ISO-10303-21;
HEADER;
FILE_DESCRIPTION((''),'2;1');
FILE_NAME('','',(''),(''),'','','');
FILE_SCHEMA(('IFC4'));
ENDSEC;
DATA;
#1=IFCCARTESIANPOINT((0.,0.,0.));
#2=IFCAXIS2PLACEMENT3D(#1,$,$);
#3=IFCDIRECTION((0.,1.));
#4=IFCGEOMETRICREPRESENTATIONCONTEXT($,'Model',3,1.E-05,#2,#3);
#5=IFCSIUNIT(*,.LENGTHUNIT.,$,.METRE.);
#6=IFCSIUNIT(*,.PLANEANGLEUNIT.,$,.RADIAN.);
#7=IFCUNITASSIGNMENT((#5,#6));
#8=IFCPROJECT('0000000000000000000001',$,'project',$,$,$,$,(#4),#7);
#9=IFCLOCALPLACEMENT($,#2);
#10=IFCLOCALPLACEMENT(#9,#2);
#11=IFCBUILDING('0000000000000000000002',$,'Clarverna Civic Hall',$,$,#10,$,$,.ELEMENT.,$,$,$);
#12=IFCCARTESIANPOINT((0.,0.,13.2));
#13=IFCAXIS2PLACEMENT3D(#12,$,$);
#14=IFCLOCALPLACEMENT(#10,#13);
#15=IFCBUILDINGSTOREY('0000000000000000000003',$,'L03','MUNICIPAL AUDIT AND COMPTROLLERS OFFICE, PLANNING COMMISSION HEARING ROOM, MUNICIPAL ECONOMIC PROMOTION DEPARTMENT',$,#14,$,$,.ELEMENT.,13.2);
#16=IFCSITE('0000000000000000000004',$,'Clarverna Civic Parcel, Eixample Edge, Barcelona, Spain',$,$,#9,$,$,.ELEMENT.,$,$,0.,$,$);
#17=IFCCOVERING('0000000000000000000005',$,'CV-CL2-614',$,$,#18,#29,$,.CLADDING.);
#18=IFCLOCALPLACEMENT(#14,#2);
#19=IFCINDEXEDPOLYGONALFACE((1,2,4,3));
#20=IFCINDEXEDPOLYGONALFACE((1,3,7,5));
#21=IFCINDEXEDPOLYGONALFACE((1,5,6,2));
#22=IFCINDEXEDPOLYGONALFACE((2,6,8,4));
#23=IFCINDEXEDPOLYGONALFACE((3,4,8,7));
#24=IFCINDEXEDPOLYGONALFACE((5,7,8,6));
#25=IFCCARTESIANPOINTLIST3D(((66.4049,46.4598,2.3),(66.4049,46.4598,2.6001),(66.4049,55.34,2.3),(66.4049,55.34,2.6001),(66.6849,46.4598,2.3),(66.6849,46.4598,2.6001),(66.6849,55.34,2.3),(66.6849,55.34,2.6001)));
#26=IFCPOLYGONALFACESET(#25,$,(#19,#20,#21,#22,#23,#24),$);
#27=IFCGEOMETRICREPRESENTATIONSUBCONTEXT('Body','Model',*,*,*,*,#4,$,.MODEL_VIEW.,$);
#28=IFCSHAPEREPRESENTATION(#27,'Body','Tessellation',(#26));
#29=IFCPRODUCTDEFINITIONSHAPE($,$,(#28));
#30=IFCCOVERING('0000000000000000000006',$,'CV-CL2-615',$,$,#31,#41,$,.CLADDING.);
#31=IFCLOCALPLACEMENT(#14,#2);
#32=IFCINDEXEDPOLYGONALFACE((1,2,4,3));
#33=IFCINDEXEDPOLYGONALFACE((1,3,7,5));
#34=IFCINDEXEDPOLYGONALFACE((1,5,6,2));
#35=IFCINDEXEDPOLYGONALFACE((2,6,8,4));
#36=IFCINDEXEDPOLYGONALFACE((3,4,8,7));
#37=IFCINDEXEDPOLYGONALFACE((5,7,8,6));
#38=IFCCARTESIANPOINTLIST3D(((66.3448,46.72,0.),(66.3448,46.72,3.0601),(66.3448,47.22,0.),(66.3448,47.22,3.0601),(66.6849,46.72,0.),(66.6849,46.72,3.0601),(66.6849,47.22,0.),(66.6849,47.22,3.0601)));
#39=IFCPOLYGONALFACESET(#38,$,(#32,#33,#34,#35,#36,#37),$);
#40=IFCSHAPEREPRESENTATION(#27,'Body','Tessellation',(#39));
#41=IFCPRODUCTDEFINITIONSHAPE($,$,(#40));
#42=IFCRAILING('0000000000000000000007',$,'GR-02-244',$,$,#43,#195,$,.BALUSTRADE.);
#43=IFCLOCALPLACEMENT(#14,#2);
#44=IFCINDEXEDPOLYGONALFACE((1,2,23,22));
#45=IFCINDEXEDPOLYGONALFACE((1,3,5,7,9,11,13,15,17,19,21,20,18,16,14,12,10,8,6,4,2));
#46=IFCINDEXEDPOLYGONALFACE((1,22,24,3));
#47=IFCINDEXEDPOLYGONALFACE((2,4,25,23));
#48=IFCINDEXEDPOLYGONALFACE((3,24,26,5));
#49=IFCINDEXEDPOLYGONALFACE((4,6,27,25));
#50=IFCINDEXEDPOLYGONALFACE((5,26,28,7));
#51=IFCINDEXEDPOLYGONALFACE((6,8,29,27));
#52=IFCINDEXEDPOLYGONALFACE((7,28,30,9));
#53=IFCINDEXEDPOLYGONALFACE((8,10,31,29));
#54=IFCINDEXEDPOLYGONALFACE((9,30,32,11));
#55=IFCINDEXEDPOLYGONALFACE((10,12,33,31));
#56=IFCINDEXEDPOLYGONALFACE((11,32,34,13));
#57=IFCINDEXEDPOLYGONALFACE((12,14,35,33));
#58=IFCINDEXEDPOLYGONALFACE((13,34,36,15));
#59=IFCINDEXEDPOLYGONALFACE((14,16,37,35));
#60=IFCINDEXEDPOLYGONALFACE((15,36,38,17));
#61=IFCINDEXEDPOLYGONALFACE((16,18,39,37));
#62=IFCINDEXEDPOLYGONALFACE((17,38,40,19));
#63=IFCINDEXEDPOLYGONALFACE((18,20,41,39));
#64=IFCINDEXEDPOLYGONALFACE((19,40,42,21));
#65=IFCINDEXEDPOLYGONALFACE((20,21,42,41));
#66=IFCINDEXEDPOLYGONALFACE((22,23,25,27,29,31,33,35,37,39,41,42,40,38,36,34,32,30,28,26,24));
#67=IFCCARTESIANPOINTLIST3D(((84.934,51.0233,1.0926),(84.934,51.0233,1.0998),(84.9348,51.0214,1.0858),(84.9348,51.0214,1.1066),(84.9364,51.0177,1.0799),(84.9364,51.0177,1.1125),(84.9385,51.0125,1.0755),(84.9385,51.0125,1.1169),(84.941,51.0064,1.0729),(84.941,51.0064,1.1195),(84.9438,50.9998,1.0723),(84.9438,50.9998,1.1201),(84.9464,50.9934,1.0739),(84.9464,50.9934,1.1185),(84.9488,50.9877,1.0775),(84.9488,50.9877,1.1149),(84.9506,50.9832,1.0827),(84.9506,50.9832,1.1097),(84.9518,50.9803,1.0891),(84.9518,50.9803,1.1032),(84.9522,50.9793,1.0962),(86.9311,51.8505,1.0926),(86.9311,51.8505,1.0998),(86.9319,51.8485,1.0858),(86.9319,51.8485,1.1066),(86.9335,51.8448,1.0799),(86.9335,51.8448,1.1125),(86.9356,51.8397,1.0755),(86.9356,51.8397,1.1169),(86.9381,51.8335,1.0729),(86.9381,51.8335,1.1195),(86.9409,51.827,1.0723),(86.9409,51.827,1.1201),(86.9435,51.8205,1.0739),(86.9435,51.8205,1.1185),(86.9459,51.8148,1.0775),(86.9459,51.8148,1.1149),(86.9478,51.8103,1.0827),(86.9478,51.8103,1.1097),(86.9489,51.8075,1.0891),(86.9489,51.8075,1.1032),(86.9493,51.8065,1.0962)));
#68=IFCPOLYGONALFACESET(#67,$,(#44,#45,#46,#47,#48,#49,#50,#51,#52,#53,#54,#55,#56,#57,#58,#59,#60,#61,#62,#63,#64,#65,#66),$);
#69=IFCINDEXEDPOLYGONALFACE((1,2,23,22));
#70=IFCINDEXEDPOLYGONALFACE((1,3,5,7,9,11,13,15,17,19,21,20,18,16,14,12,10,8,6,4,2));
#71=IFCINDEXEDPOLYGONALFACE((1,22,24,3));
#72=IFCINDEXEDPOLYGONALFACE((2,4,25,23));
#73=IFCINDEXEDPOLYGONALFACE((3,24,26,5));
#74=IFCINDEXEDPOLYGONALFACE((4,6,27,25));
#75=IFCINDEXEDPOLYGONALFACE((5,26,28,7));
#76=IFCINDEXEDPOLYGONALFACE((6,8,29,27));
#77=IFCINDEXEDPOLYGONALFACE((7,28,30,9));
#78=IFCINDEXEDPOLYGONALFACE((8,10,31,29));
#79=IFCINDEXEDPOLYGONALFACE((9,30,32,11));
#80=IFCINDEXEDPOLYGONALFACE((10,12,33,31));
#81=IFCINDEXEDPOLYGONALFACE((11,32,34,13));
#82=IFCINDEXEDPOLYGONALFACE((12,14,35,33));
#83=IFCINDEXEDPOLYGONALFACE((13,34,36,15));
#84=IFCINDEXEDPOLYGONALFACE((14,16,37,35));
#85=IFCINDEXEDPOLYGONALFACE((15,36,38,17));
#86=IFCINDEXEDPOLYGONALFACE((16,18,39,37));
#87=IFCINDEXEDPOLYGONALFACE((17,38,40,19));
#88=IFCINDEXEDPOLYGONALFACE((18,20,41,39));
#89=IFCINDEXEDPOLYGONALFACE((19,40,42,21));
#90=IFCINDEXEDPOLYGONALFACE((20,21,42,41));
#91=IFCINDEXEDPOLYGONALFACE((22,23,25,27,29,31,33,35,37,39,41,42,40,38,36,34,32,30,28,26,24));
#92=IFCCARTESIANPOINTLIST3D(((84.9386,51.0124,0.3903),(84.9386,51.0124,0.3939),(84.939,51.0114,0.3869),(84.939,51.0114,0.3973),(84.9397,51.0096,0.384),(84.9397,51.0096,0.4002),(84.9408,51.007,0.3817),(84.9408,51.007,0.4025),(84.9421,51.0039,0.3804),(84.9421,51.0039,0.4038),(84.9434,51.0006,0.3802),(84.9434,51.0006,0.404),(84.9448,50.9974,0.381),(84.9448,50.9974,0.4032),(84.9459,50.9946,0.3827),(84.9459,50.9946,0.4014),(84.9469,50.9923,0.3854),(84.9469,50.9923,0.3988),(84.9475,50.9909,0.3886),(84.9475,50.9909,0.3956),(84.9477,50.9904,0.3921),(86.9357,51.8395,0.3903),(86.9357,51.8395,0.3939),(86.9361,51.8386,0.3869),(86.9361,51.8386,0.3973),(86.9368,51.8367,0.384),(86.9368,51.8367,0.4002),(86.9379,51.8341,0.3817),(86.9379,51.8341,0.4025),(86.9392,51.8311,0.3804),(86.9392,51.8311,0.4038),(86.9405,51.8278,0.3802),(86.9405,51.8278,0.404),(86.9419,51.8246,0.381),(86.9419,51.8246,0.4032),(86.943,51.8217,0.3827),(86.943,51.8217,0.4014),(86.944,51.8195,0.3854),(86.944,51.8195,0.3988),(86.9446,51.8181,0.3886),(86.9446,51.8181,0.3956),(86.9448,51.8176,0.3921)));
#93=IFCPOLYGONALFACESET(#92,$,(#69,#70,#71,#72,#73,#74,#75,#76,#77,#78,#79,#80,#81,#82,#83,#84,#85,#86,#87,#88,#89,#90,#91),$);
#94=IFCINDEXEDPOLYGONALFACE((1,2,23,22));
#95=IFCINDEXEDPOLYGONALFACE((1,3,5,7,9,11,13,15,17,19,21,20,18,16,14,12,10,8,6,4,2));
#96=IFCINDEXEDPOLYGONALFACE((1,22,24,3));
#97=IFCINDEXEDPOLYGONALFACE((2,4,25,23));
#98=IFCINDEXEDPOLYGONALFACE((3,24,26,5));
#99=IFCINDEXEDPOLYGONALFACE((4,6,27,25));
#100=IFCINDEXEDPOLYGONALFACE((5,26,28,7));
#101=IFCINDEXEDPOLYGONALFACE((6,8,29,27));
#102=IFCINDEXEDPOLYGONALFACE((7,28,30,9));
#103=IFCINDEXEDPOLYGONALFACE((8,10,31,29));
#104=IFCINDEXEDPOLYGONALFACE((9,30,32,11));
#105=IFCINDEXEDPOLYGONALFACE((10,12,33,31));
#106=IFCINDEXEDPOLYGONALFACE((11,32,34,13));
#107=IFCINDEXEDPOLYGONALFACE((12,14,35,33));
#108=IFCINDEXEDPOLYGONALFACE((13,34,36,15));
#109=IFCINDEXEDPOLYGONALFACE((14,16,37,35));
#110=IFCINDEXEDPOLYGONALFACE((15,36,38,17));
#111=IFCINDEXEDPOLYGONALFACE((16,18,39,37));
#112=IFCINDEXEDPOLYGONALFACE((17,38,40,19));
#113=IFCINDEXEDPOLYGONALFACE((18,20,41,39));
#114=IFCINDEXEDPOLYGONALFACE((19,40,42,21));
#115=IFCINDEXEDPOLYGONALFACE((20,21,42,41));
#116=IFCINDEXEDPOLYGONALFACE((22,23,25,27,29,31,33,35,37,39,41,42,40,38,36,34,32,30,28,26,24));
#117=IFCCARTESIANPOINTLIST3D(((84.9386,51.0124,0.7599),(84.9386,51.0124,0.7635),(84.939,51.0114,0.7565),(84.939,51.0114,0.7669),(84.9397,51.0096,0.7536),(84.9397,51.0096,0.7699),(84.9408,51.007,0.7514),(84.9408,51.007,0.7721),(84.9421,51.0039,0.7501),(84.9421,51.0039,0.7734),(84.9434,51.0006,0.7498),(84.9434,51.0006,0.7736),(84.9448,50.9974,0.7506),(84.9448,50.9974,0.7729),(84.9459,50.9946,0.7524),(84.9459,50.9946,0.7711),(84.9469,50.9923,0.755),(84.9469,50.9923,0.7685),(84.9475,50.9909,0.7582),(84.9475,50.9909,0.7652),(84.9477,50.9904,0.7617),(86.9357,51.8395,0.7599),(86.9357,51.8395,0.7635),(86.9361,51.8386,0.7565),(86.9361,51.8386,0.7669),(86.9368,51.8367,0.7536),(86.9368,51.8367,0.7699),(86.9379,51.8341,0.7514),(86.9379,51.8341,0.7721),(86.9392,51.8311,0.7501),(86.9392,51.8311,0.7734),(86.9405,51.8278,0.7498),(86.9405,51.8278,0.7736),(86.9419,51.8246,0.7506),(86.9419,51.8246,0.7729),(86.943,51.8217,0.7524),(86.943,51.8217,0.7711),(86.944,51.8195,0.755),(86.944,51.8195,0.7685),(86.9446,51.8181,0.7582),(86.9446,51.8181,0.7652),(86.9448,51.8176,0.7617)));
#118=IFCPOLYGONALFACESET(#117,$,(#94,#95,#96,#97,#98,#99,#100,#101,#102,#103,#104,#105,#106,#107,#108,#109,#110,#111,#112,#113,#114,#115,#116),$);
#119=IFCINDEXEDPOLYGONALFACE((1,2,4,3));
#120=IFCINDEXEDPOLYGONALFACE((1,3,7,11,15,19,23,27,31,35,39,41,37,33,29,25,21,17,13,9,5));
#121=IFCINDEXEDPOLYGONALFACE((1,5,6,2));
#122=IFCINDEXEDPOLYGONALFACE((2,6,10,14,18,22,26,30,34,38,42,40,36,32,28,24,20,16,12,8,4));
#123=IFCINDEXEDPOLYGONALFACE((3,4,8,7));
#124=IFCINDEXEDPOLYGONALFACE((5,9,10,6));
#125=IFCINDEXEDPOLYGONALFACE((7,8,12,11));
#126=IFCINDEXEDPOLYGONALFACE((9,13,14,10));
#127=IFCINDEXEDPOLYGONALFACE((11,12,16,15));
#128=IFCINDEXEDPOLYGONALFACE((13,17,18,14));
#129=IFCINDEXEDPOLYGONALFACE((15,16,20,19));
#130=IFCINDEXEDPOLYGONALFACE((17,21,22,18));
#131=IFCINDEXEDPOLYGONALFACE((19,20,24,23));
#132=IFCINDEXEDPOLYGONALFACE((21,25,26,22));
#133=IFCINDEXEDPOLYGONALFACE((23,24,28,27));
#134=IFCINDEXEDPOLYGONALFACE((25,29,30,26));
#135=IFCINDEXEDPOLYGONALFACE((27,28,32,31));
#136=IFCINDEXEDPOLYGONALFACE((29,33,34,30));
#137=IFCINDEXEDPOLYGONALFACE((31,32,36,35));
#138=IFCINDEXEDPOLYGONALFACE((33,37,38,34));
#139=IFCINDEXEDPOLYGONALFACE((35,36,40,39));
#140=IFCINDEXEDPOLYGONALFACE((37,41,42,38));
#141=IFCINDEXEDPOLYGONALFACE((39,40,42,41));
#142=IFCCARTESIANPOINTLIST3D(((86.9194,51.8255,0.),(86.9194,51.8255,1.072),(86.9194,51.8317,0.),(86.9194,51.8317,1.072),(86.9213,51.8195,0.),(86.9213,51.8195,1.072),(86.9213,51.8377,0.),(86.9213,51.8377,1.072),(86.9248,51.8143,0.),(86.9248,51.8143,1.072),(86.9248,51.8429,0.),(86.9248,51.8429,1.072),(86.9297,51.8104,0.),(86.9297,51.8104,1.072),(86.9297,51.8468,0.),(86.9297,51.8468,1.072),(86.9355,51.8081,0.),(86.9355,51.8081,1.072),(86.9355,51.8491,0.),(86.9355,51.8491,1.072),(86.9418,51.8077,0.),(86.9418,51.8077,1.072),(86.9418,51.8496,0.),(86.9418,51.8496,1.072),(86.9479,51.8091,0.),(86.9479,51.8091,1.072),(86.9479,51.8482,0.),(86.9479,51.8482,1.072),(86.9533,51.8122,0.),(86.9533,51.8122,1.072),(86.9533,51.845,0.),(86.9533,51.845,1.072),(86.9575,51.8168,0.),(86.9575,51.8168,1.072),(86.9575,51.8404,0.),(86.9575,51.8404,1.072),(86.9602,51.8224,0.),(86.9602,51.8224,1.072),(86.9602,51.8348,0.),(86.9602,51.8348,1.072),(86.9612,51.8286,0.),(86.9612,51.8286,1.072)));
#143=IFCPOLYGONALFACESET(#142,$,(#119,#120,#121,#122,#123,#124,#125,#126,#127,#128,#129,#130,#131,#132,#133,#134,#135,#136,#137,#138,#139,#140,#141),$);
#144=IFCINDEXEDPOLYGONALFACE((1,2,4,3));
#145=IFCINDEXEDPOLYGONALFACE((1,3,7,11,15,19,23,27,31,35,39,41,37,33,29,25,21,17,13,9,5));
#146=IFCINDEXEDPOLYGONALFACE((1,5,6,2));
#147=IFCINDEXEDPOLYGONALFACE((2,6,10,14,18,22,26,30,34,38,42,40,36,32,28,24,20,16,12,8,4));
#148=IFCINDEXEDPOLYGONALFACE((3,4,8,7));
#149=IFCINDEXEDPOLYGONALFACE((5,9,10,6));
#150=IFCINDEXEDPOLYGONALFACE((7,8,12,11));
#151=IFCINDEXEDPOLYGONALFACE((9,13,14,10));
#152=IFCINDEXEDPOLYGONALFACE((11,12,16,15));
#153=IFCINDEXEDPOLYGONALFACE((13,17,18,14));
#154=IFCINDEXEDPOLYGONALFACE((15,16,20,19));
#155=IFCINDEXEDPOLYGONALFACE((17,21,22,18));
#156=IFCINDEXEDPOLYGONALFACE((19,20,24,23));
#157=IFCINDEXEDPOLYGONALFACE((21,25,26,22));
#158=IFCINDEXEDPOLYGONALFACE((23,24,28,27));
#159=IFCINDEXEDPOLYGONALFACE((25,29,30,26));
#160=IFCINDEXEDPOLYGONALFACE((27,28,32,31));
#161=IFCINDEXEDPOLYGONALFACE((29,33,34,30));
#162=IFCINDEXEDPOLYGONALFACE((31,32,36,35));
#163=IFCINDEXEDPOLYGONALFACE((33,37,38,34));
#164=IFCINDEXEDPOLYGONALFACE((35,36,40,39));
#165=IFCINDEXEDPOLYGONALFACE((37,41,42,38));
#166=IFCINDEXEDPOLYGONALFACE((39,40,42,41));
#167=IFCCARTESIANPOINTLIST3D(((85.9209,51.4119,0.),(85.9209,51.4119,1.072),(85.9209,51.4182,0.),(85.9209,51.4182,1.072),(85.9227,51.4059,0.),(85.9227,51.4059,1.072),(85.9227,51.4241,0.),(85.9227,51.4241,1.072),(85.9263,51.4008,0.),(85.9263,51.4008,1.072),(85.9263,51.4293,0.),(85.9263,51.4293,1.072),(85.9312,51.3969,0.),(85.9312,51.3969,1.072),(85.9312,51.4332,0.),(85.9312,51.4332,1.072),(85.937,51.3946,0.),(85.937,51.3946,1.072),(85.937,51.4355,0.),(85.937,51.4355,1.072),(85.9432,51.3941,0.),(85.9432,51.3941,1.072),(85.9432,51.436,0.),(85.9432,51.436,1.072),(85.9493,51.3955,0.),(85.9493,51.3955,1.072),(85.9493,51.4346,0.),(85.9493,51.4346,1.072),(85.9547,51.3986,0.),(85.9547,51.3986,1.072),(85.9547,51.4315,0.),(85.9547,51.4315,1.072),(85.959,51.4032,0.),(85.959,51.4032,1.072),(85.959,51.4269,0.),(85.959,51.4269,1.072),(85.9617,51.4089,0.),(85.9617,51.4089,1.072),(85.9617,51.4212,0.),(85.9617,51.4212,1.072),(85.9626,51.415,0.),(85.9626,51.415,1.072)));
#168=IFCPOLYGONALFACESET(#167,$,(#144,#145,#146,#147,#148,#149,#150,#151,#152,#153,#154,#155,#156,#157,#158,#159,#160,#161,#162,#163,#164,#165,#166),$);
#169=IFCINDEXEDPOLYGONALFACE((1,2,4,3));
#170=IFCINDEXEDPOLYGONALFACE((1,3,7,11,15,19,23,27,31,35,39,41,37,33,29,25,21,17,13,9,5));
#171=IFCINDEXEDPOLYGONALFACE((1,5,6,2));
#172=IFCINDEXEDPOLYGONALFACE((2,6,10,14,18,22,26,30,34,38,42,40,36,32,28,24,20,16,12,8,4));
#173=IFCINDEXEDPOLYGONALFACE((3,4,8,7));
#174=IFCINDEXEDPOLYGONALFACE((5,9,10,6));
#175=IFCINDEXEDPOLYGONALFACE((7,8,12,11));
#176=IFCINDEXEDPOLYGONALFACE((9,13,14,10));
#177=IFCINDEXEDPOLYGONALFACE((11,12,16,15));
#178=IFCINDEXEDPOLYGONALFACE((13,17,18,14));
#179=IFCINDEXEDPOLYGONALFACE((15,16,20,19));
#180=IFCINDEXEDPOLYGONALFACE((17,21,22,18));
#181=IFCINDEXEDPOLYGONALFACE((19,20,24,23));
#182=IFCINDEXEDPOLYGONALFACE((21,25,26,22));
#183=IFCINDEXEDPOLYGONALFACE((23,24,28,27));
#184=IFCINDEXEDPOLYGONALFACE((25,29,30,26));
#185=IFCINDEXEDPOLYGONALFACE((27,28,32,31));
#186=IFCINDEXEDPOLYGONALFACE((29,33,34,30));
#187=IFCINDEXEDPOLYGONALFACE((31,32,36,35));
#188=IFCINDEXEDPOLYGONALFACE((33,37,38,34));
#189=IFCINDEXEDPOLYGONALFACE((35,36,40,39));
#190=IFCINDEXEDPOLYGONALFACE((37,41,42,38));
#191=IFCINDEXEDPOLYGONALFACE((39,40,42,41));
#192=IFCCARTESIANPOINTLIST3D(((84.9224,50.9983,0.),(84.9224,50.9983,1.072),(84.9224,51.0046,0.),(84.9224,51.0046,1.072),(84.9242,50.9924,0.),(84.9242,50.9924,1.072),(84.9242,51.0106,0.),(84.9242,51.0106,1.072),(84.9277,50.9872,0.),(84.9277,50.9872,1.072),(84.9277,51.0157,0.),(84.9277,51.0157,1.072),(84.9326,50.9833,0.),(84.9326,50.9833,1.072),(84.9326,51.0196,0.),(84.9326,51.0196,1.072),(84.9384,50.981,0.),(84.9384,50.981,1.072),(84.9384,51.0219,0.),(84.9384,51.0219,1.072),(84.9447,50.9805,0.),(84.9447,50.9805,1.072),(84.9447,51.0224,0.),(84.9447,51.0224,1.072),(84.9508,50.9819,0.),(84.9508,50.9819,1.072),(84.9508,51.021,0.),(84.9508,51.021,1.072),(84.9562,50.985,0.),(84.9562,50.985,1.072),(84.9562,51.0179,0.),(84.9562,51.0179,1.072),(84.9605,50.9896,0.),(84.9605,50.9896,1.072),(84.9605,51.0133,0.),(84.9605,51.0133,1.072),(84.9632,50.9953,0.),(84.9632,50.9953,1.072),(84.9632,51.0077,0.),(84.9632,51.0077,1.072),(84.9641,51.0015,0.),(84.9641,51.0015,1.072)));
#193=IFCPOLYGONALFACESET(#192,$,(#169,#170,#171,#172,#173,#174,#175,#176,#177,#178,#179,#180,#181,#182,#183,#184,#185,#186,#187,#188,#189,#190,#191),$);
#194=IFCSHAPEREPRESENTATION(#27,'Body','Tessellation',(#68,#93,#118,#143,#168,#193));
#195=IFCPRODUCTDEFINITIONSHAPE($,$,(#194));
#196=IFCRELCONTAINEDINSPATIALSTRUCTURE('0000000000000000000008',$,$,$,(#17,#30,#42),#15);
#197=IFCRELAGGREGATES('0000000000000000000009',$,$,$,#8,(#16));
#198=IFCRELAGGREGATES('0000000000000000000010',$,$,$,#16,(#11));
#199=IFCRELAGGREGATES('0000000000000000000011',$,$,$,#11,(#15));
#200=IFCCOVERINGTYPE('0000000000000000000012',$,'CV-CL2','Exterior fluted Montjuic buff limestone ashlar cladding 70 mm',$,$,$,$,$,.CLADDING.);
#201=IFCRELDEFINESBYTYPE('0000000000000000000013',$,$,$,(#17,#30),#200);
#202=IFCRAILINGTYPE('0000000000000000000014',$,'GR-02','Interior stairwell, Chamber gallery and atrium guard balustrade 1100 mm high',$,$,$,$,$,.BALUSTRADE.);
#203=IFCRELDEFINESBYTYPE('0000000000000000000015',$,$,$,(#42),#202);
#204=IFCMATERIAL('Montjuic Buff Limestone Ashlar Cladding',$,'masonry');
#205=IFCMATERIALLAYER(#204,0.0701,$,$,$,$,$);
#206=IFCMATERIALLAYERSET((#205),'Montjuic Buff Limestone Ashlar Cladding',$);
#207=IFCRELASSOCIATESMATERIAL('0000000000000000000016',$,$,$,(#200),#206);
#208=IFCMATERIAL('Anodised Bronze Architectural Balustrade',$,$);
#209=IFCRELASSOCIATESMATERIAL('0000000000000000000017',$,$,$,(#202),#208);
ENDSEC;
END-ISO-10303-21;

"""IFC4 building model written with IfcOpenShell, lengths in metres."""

from ifc_helpers import new_model, si_unit, direction, frame, frame_2d, origin, origin_2d, place, context, subcontext, project, spatial, rectangle, circle, extrude, material, layer, layer_set, type_object, element, save


model = new_model("IFC4")

# Units and contexts
model_context = context("Model", 3, precision=1e-05, world=origin(), true_north=direction((0.0, 1.0)))
body_context = subcontext(model_context, "Body", "Model", "MODEL_VIEW")
ifc_project = project(units=[si_unit("LENGTHUNIT", "METRE"), si_unit("PLANEANGLEUNIT", "RADIAN")], contexts=[model_context])

# Site, building, storey
site_placement = place(None, origin())
site = spatial("IfcSite", under=ifc_project, at=site_placement, Name="Clarverna Civic Parcel, Eixample Edge, Barcelona, Spain", CompositionType="ELEMENT", RefElevation=0.0)
building_placement = place(site_placement, origin())
building = spatial("IfcBuilding", under=site, at=building_placement, Name="Clarverna Civic Hall", CompositionType="ELEMENT")
storey_placement = place(building_placement, frame((0.0, 0.0, 13.2)))
storey = spatial("IfcBuildingStorey", under=building, at=storey_placement, Name="L03", Description="MUNICIPAL AUDIT AND COMPTROLLERS OFFICE, PLANNING COMMISSION HEARING ROOM, MUNICIPAL ECONOMIC PROMOTION DEPARTMENT", CompositionType="ELEMENT", Elevation=13.2)

# Coverings
ifc_material_1 = material(Name="Montjuic Buff Limestone Ashlar Cladding", Category="masonry")
ifc_layer_1 = layer(ifc_material_1, 0.0701)
ifc_layer_set_1 = layer_set([ifc_layer_1], Name="Montjuic Buff Limestone Ashlar Cladding")
covering_type = type_object("IfcCoveringType", Name="CV-CL2", Description="Exterior fluted Montjuic buff limestone ashlar cladding 70 mm", PredefinedType="CLADDING", material=ifc_layer_set_1)
covering_1_placement = place(storey_placement, frame((66.5449, 46.46, 2.3), z_axis=(0.0, 0.0, 1.0), x_axis=(0.0, 1.0, 0.0)))
element("IfcCovering", 1, at=covering_1_placement, inside=storey, type_object=covering_type, Name="CV-CL2-614", PredefinedType="CLADDING", context=body_context, shape_type="SweptSolid", body=[
    extrude(rectangle(XDim=8.8801, YDim=0.28, at=frame_2d((4.4399, 0.0))), origin(), (0.0, 0.0, 1.0), 0.3),
])
covering_2_placement = place(storey_placement, frame((66.5149, 46.72, 0.0), z_axis=(0.0, 0.0, 1.0), x_axis=(0.0, 1.0, 0.0)))
element("IfcCovering", 2, at=covering_2_placement, inside=storey, type_object=covering_type, Name="CV-CL2-615", PredefinedType="CLADDING", context=body_context, shape_type="SweptSolid", body=[
    extrude(rectangle(XDim=0.5, YDim=0.3401, at=frame_2d((0.25, 0.0))), origin(), (0.0, 0.0, 1.0), 3.0601),
])

# Railing
ifc_material_2 = material(Name="Anodised Bronze Architectural Balustrade")
railing_type = type_object("IfcRailingType", Name="GR-02", Description="Interior stairwell, Chamber gallery and atrium guard balustrade 1100 mm high", PredefinedType="BALUSTRADE", material=ifc_material_2)
railing_1_placement = place(storey_placement, frame((86.9402, 51.8286, 0.0)))
element("IfcRailing", 3, at=railing_1_placement, inside=storey, type_object=railing_type, Name="GR-02-244", PredefinedType="BALUSTRADE", context=body_context, shape_type="SweptSolid", body=[
    extrude(circle(Radius=0.0239, at=origin_2d()), frame((0.0, 0.0, 1.0962), z_axis=(-0.92389, -0.382658, 0.0), x_axis=(0.382658, -0.92389, 0.0)), (0.0, 0.0, 1.0), 2.1616),
    extrude(circle(Radius=0.012, at=origin_2d()), frame((0.0, 0.0, 0.3921), z_axis=(-0.92389, -0.382658, 0.0), x_axis=(0.382658, -0.92389, 0.0)), (0.0, 0.0, 1.0), 2.1616),
    extrude(circle(Radius=0.012, at=origin_2d()), frame((0.0, 0.0, 0.7617), z_axis=(-0.92389, -0.382658, 0.0), x_axis=(0.382658, -0.92389, 0.0)), (0.0, 0.0, 1.0), 2.1616),
    extrude(circle(Radius=0.021, at=origin_2d()), origin(), (0.0, 0.0, 1.0), 1.072),
    extrude(circle(Radius=0.021, at=origin_2d()), frame((-0.9985, -0.4136, 0.0)), (0.0, 0.0, 1.0), 1.072),
    extrude(circle(Radius=0.021, at=origin_2d()), frame((-1.9971, -0.8271, 0.0)), (0.0, 0.0, 1.0), 1.072),
])

save(model, "model.ifc")
